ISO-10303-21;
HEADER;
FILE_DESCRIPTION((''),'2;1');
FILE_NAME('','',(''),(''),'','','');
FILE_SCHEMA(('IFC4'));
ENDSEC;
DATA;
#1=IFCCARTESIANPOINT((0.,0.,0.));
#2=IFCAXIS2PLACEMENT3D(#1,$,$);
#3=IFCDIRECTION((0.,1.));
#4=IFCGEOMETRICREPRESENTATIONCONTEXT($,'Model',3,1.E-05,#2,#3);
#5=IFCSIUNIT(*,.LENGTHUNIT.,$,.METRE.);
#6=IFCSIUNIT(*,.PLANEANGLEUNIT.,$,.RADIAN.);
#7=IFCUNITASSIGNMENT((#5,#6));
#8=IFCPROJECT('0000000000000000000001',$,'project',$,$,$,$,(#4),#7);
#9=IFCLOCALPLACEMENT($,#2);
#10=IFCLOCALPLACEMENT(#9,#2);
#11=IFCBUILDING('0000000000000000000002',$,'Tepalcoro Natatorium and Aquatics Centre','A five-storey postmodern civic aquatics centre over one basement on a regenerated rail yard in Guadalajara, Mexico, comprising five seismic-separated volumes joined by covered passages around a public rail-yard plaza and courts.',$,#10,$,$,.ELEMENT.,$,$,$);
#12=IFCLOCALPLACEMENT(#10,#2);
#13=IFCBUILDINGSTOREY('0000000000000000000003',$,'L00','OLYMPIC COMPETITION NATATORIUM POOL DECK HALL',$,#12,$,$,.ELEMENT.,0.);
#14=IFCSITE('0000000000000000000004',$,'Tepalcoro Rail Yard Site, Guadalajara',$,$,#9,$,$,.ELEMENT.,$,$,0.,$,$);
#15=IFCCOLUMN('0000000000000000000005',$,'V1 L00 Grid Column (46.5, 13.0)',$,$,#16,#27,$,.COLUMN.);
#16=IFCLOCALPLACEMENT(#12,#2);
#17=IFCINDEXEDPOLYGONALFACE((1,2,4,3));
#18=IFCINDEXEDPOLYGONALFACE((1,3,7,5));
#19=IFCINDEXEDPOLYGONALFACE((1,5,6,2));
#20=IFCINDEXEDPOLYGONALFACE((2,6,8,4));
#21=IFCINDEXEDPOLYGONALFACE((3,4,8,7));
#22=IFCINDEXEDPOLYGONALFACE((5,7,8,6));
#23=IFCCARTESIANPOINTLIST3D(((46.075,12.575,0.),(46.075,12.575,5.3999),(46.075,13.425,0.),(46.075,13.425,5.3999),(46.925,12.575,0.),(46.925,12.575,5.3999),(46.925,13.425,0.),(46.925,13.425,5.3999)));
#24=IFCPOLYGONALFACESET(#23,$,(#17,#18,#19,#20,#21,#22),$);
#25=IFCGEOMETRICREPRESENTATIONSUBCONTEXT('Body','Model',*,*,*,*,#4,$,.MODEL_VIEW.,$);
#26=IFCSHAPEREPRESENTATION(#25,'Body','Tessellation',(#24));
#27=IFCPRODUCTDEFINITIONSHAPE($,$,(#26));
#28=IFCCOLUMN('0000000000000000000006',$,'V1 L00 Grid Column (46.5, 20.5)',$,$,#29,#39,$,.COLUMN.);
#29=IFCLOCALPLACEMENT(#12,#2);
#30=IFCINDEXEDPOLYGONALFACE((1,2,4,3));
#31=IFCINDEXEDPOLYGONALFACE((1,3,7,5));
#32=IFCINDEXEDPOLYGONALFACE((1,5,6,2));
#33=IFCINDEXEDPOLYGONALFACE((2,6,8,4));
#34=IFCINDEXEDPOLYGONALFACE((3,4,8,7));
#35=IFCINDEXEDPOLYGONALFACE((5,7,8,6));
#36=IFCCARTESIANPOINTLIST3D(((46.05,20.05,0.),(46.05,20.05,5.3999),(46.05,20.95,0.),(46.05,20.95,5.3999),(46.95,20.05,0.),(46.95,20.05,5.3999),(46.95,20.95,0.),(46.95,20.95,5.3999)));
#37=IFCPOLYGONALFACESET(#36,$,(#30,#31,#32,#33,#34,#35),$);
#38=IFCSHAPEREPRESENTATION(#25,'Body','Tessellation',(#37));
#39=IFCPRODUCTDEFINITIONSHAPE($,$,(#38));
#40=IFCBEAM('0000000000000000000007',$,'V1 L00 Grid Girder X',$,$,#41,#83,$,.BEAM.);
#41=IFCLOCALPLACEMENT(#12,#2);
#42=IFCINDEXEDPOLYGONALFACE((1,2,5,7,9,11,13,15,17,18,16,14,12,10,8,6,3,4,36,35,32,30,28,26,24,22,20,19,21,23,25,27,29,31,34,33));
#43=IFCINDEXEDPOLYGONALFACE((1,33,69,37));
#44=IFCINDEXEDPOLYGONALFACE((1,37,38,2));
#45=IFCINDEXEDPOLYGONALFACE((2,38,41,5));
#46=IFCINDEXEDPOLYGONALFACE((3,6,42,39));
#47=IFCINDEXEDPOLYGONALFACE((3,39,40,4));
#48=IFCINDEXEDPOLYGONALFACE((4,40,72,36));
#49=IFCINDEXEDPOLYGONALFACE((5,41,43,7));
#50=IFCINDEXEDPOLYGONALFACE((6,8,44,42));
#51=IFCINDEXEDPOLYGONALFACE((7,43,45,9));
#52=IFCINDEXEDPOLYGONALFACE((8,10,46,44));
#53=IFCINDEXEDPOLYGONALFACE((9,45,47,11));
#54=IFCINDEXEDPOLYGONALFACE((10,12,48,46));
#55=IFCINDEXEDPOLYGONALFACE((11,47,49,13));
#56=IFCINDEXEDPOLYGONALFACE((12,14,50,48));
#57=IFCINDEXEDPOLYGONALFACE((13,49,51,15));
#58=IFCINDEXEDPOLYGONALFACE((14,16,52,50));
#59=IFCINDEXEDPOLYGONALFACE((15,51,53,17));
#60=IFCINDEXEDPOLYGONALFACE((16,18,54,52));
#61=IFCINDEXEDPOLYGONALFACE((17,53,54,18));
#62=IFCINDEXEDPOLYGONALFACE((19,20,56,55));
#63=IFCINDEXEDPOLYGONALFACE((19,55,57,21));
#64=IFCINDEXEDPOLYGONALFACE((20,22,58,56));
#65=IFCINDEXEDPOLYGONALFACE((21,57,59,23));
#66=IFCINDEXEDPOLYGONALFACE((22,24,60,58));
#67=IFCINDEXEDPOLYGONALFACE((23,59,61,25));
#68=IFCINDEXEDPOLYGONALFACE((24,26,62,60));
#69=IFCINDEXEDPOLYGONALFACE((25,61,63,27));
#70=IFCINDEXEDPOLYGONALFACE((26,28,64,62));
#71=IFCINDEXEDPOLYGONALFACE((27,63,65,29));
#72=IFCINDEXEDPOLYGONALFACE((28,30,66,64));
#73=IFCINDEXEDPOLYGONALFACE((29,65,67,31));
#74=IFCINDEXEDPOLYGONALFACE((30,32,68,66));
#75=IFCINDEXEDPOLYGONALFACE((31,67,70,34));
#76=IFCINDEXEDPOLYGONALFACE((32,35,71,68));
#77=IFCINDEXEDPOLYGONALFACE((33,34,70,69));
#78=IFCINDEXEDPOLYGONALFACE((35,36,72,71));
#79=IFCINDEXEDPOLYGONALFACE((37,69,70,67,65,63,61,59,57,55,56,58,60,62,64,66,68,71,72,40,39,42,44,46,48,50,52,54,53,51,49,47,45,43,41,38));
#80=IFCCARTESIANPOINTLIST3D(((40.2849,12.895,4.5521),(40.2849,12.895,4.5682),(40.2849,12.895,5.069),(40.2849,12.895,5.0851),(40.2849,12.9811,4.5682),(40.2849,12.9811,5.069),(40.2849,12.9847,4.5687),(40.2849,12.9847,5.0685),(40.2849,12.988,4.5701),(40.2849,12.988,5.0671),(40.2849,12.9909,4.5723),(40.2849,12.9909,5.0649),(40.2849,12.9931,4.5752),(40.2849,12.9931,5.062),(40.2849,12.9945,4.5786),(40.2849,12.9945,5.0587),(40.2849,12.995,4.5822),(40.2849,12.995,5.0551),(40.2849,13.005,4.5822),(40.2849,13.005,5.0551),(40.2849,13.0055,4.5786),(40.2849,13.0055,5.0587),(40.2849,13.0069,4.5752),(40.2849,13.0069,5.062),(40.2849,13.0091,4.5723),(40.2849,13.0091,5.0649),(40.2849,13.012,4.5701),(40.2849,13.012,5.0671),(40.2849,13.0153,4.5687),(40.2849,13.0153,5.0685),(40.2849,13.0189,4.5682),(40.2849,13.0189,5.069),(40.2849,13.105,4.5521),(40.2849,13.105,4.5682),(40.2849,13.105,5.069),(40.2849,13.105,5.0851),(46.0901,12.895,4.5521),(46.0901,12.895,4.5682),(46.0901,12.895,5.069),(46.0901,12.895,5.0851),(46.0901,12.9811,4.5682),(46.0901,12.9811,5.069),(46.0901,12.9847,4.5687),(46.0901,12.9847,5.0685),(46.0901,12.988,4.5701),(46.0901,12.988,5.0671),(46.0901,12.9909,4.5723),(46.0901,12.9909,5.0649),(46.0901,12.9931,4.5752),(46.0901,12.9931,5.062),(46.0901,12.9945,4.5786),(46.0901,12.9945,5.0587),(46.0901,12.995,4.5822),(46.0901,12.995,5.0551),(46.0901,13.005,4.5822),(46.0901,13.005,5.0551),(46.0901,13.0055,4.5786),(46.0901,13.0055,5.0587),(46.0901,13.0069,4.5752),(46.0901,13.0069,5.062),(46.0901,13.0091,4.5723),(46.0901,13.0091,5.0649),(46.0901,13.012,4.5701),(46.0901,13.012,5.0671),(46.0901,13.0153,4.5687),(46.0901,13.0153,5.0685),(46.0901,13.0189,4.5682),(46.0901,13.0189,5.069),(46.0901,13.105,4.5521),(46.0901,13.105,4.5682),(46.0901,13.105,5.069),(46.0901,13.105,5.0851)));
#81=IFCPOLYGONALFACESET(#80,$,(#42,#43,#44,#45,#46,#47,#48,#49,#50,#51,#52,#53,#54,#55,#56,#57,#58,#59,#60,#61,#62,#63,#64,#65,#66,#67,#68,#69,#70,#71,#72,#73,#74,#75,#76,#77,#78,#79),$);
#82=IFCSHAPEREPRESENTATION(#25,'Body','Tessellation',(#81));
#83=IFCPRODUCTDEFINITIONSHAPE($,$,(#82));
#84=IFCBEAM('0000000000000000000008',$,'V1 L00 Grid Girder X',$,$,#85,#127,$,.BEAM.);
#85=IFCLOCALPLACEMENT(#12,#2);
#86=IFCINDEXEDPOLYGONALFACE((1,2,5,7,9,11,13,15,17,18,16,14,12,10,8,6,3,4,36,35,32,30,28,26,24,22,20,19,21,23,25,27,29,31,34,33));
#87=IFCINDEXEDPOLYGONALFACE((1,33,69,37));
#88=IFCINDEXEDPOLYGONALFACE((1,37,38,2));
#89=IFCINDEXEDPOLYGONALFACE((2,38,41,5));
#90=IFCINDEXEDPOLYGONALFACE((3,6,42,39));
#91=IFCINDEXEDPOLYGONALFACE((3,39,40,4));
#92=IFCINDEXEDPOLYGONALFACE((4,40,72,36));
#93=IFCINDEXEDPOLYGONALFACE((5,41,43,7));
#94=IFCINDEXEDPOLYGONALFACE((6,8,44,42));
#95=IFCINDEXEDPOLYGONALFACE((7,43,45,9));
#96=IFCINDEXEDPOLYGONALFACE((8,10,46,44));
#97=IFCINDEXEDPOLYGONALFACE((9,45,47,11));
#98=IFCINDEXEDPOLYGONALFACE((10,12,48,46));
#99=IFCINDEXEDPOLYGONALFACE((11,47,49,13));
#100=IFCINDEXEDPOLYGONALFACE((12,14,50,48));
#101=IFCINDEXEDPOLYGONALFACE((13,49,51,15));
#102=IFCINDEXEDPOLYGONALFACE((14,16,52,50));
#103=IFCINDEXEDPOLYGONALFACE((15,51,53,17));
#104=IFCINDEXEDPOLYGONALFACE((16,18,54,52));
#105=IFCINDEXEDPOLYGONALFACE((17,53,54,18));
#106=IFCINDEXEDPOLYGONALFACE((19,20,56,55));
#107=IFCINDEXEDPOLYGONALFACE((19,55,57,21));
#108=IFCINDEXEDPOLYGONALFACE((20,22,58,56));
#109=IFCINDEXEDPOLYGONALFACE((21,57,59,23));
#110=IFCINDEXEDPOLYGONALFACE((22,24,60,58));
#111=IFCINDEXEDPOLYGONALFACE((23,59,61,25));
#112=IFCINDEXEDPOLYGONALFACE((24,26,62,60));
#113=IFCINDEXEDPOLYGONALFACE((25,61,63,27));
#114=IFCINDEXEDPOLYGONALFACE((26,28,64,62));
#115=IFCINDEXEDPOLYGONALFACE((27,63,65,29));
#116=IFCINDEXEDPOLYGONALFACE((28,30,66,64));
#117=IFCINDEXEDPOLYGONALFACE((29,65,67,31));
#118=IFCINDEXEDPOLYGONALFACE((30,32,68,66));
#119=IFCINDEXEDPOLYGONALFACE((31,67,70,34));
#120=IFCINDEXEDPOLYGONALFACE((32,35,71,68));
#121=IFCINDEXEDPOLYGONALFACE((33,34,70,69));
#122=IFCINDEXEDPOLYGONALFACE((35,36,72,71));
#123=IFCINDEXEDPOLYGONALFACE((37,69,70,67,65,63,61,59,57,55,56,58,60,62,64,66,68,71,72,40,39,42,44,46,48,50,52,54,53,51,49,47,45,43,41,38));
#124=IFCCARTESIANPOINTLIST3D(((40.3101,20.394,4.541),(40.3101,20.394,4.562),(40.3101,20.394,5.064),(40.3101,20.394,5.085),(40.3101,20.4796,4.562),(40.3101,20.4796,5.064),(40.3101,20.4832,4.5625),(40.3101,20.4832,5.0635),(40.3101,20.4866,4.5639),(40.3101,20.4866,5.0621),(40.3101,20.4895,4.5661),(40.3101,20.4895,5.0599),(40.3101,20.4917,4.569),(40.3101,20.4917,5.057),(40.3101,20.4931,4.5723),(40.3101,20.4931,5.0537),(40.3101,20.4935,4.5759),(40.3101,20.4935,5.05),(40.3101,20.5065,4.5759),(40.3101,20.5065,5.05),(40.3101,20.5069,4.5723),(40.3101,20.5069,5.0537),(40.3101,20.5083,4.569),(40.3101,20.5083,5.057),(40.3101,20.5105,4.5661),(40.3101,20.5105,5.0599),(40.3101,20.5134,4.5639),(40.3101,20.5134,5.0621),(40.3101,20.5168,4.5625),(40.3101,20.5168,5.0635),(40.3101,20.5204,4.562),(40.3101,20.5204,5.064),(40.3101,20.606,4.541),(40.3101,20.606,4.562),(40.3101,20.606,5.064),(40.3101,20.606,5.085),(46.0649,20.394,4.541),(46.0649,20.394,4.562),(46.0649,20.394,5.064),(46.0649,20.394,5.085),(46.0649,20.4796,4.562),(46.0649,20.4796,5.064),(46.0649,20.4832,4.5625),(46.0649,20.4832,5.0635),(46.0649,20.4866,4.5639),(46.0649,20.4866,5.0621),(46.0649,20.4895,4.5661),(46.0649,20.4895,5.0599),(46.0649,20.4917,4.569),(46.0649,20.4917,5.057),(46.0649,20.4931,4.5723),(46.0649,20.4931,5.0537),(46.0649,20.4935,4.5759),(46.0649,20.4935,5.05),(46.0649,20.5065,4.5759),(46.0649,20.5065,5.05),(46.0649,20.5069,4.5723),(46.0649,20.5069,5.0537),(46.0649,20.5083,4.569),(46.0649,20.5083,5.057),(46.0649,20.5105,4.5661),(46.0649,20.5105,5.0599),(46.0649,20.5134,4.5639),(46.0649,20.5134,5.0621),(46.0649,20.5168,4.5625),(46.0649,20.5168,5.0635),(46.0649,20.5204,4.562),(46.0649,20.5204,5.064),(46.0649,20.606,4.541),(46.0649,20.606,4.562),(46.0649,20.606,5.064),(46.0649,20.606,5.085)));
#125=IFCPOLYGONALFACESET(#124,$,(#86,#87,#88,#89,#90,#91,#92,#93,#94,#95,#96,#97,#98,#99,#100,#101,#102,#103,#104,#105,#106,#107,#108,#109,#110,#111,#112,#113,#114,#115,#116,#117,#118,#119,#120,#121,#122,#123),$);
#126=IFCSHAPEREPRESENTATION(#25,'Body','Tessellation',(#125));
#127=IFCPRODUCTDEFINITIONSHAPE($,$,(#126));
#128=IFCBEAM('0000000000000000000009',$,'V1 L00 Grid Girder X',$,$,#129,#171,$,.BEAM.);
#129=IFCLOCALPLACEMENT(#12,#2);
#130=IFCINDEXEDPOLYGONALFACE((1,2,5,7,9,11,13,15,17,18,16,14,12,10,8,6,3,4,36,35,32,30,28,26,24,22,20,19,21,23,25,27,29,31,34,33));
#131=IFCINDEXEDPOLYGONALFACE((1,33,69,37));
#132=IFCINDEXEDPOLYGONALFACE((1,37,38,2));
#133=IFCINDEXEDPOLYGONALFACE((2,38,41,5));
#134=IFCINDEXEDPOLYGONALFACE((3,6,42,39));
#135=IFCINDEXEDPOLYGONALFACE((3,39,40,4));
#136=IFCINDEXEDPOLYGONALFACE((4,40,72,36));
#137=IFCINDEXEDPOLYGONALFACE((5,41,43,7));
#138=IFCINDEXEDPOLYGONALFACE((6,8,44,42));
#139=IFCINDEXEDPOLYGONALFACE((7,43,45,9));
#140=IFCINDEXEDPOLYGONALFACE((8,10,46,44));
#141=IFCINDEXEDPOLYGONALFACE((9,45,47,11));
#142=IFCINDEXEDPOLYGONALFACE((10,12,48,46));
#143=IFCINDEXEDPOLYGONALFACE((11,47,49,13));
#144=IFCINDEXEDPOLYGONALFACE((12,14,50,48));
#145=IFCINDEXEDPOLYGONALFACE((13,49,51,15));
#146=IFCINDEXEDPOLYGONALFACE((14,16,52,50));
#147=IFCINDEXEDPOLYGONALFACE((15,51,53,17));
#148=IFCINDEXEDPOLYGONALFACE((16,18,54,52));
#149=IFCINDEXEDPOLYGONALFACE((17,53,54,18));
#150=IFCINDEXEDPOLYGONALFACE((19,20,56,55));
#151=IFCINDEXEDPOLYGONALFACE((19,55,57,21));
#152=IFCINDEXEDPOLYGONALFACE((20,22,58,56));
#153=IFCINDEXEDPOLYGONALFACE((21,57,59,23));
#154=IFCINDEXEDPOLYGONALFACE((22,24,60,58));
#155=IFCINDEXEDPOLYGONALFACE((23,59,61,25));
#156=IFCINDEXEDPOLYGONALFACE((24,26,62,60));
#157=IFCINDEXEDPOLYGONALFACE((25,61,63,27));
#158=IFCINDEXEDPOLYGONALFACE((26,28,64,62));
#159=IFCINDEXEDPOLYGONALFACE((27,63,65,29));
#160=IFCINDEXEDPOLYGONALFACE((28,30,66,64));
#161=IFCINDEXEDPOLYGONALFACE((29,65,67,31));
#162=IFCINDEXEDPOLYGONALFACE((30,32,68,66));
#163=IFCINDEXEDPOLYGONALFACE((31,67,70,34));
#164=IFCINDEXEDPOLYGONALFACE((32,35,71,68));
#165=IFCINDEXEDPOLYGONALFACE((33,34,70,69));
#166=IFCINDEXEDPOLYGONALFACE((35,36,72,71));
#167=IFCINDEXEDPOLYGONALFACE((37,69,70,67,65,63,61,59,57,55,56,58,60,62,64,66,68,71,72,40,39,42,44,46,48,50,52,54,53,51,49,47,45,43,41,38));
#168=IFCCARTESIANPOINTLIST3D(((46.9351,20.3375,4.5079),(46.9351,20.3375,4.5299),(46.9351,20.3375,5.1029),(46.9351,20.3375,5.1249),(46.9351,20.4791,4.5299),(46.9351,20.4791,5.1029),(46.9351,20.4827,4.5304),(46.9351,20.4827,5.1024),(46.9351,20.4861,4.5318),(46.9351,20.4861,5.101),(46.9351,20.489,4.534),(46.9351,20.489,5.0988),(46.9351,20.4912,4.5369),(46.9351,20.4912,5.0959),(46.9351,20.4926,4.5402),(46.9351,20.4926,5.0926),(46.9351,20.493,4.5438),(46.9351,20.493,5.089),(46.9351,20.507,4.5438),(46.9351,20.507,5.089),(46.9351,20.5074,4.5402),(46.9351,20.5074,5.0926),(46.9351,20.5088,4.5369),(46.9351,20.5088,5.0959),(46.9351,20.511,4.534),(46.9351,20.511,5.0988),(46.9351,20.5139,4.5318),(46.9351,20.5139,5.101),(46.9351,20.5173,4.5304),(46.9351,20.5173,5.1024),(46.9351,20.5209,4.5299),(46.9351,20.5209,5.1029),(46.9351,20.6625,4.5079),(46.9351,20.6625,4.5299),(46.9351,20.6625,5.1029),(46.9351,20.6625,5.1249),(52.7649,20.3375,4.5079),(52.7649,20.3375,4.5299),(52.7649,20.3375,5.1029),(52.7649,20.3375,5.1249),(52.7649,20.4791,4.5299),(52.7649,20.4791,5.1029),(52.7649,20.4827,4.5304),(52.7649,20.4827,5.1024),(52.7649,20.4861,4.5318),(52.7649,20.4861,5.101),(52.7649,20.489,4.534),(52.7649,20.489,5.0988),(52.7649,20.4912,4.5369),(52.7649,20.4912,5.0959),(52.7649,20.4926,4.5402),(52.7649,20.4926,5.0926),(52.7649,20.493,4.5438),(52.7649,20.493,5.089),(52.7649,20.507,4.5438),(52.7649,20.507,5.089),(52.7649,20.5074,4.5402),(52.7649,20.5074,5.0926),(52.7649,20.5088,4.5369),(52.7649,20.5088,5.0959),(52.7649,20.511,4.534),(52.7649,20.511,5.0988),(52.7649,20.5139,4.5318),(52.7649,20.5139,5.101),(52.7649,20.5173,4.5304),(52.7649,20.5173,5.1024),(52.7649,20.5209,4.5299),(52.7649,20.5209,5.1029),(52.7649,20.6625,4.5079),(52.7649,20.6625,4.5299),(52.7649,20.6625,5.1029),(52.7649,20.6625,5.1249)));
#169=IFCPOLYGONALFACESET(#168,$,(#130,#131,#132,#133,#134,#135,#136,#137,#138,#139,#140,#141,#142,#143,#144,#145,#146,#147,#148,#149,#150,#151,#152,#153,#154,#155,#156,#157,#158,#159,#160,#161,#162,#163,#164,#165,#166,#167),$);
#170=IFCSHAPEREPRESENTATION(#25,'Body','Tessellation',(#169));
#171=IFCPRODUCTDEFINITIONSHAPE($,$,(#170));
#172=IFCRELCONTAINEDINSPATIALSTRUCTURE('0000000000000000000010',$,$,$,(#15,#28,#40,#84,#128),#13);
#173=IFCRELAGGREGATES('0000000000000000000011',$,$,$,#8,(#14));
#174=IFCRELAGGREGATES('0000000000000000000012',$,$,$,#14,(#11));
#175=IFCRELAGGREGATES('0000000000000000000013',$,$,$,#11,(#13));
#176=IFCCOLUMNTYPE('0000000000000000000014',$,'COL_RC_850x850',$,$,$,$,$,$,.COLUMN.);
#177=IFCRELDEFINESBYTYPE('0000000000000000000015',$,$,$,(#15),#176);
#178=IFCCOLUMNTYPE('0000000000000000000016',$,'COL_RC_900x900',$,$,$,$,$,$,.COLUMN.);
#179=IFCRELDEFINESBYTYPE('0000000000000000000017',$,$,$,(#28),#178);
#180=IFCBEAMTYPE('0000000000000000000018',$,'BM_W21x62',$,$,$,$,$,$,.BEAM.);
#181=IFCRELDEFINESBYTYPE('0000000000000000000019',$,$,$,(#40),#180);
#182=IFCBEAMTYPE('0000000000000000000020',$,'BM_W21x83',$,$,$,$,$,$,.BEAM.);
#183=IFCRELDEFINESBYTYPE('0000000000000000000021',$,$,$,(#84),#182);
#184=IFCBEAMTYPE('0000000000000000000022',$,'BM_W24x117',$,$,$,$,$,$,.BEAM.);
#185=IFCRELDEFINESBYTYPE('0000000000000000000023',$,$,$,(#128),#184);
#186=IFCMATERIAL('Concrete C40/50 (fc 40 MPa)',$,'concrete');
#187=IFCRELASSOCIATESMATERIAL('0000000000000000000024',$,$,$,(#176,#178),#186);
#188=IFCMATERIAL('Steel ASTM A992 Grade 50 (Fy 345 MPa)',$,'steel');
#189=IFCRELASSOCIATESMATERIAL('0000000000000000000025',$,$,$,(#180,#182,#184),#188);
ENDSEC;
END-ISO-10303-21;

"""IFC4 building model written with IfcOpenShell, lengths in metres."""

from ifc_helpers import new_model, si_unit, direction, frame, origin, origin_2d, place, context, subcontext, project, spatial, rectangle, i_section, extrude, material, material_profile, profile_set, type_object, element, save


model = new_model("IFC4")

# Units and contexts
model_context = context("Model", 3, precision=1e-05, world=origin(), true_north=direction((0.0, 1.0)))
body_context = subcontext(model_context, "Body", "Model", "MODEL_VIEW")
ifc_project = project(units=[si_unit("LENGTHUNIT", "METRE"), si_unit("PLANEANGLEUNIT", "RADIAN")], contexts=[model_context])

# Site, building, storey
site_placement = place(None, origin())
site = spatial("IfcSite", under=ifc_project, at=site_placement, Name="Tepalcoro Rail Yard Site, Guadalajara", CompositionType="ELEMENT", RefElevation=0.0)
building_placement = place(site_placement, origin())
building = spatial("IfcBuilding", under=site, at=building_placement, Name="Tepalcoro Natatorium and Aquatics Centre", Description="A five-storey postmodern civic aquatics centre over one basement on a regenerated rail yard in Guadalajara, Mexico, comprising five seismic-separated volumes joined by covered passages around a public rail-yard plaza and courts.", CompositionType="ELEMENT")
storey_placement = place(building_placement, origin())
storey = spatial("IfcBuildingStorey", under=building, at=storey_placement, Name="L00", Description="OLYMPIC COMPETITION NATATORIUM POOL DECK HALL", CompositionType="ELEMENT", Elevation=0.0)

# Columns
ifc_material_1 = material(Name="Concrete C40/50 (fc 40 MPa)", Category="concrete")
ifc_material_profile_1 = material_profile(ifc_material_1, rectangle(XDim=0.8501, YDim=0.8501, at=origin_2d()), Name="RC850x850")
ifc_profile_set_1 = profile_set([ifc_material_profile_1], Name="Concrete C40/50 (fc 40 MPa)")
column_type_1 = type_object("IfcColumnType", Name="COL_RC_850x850", PredefinedType="COLUMN", material=ifc_profile_set_1)
column_1_placement = place(storey_placement, frame((46.5, 13.0, 0.0), z_axis=(0.0, 0.0, 1.0), x_axis=(1.0, 0.0, 0.0)))
element("IfcColumn", 1, at=column_1_placement, inside=storey, type_object=column_type_1, Name="V1 L00 Grid Column (46.5, 13.0)", PredefinedType="COLUMN", context=body_context, shape_type="SweptSolid", body=[
    extrude(rectangle(XDim=0.8501, YDim=0.8501, at=origin_2d()), origin(), (0.0, 0.0, 1.0), 5.3999),
])
ifc_material_profile_2 = material_profile(ifc_material_1, rectangle(XDim=0.8999, YDim=0.8999, at=origin_2d()), Name="RC900x900")
ifc_profile_set_2 = profile_set([ifc_material_profile_2], Name="Concrete C40/50 (fc 40 MPa)")
column_type_2 = type_object("IfcColumnType", Name="COL_RC_900x900", PredefinedType="COLUMN", material=ifc_profile_set_2)
column_2_placement = place(storey_placement, frame((46.5, 20.5, 0.0), z_axis=(0.0, 0.0, 1.0), x_axis=(1.0, 0.0, 0.0)))
element("IfcColumn", 2, at=column_2_placement, inside=storey, type_object=column_type_2, Name="V1 L00 Grid Column (46.5, 20.5)", PredefinedType="COLUMN", context=body_context, shape_type="SweptSolid", body=[
    extrude(rectangle(XDim=0.8999, YDim=0.8999, at=origin_2d()), origin(), (0.0, 0.0, 1.0), 5.3999),
])

# Beams
ifc_material_2 = material(Name="Steel ASTM A992 Grade 50 (Fy 345 MPa)", Category="steel")
ifc_material_profile_3 = material_profile(ifc_material_2, i_section(OverallWidth=0.21, OverallDepth=0.533, WebThickness=0.01, FlangeThickness=0.0161, FilletRadius=0.0139, at=origin_2d()), Name="W21X62")
ifc_profile_set_3 = profile_set([ifc_material_profile_3], Name="Steel ASTM A992 Grade 50 (Fy 345 MPa)")
beam_type_1 = type_object("IfcBeamType", Name="BM_W21x62", PredefinedType="BEAM", material=ifc_profile_set_3)
beam_1_placement = place(storey_placement, frame((40.2849, 13.0, 4.8186), z_axis=(1.0, 0.0, 0.0), x_axis=(0.0, 1.0, 0.0)))
element("IfcBeam", 3, at=beam_1_placement, inside=storey, type_object=beam_type_1, Name="V1 L00 Grid Girder X", PredefinedType="BEAM", context=body_context, shape_type="SweptSolid", body=[
    extrude(i_section(OverallWidth=0.21, OverallDepth=0.533, WebThickness=0.01, FlangeThickness=0.0161, FilletRadius=0.0139, at=origin_2d()), origin(), (0.0, 0.0, 1.0), 5.8052),
])
ifc_material_profile_4 = material_profile(ifc_material_2, i_section(OverallWidth=0.2119, OverallDepth=0.5439, WebThickness=0.0129, FlangeThickness=0.021, FilletRadius=0.0139, at=origin_2d()), Name="W21X83")
ifc_profile_set_4 = profile_set([ifc_material_profile_4], Name="Steel ASTM A992 Grade 50 (Fy 345 MPa)")
beam_type_2 = type_object("IfcBeamType", Name="BM_W21x83", PredefinedType="BEAM", material=ifc_profile_set_4)
beam_2_placement = place(storey_placement, frame((40.3101, 20.5, 4.813), z_axis=(1.0, 0.0, 0.0), x_axis=(0.0, 1.0, 0.0)))
element("IfcBeam", 4, at=beam_2_placement, inside=storey, type_object=beam_type_2, Name="V1 L00 Grid Girder X", PredefinedType="BEAM", context=body_context, shape_type="SweptSolid", body=[
    extrude(i_section(OverallWidth=0.2119, OverallDepth=0.5439, WebThickness=0.0129, FlangeThickness=0.021, FilletRadius=0.0139, at=origin_2d()), origin(), (0.0, 0.0, 1.0), 5.7549),
])
ifc_material_profile_5 = material_profile(ifc_material_2, i_section(OverallWidth=0.325, OverallDepth=0.6169, WebThickness=0.0139, FlangeThickness=0.022, FilletRadius=0.0139, at=origin_2d()), Name="W24X117")
ifc_profile_set_5 = profile_set([ifc_material_profile_5], Name="Steel ASTM A992 Grade 50 (Fy 345 MPa)")
beam_type_3 = type_object("IfcBeamType", Name="BM_W24x117", PredefinedType="BEAM", material=ifc_profile_set_5)
beam_3_placement = place(storey_placement, frame((46.9351, 20.5, 4.8164), z_axis=(1.0, 0.0, 0.0), x_axis=(0.0, 1.0, 0.0)))
element("IfcBeam", 5, at=beam_3_placement, inside=storey, type_object=beam_type_3, Name="V1 L00 Grid Girder X", PredefinedType="BEAM", context=body_context, shape_type="SweptSolid", body=[
    extrude(i_section(OverallWidth=0.325, OverallDepth=0.6169, WebThickness=0.0139, FlangeThickness=0.022, FilletRadius=0.0139, at=origin_2d()), origin(), (0.0, 0.0, 1.0), 5.8298),
])

save(model, "model.ifc")
